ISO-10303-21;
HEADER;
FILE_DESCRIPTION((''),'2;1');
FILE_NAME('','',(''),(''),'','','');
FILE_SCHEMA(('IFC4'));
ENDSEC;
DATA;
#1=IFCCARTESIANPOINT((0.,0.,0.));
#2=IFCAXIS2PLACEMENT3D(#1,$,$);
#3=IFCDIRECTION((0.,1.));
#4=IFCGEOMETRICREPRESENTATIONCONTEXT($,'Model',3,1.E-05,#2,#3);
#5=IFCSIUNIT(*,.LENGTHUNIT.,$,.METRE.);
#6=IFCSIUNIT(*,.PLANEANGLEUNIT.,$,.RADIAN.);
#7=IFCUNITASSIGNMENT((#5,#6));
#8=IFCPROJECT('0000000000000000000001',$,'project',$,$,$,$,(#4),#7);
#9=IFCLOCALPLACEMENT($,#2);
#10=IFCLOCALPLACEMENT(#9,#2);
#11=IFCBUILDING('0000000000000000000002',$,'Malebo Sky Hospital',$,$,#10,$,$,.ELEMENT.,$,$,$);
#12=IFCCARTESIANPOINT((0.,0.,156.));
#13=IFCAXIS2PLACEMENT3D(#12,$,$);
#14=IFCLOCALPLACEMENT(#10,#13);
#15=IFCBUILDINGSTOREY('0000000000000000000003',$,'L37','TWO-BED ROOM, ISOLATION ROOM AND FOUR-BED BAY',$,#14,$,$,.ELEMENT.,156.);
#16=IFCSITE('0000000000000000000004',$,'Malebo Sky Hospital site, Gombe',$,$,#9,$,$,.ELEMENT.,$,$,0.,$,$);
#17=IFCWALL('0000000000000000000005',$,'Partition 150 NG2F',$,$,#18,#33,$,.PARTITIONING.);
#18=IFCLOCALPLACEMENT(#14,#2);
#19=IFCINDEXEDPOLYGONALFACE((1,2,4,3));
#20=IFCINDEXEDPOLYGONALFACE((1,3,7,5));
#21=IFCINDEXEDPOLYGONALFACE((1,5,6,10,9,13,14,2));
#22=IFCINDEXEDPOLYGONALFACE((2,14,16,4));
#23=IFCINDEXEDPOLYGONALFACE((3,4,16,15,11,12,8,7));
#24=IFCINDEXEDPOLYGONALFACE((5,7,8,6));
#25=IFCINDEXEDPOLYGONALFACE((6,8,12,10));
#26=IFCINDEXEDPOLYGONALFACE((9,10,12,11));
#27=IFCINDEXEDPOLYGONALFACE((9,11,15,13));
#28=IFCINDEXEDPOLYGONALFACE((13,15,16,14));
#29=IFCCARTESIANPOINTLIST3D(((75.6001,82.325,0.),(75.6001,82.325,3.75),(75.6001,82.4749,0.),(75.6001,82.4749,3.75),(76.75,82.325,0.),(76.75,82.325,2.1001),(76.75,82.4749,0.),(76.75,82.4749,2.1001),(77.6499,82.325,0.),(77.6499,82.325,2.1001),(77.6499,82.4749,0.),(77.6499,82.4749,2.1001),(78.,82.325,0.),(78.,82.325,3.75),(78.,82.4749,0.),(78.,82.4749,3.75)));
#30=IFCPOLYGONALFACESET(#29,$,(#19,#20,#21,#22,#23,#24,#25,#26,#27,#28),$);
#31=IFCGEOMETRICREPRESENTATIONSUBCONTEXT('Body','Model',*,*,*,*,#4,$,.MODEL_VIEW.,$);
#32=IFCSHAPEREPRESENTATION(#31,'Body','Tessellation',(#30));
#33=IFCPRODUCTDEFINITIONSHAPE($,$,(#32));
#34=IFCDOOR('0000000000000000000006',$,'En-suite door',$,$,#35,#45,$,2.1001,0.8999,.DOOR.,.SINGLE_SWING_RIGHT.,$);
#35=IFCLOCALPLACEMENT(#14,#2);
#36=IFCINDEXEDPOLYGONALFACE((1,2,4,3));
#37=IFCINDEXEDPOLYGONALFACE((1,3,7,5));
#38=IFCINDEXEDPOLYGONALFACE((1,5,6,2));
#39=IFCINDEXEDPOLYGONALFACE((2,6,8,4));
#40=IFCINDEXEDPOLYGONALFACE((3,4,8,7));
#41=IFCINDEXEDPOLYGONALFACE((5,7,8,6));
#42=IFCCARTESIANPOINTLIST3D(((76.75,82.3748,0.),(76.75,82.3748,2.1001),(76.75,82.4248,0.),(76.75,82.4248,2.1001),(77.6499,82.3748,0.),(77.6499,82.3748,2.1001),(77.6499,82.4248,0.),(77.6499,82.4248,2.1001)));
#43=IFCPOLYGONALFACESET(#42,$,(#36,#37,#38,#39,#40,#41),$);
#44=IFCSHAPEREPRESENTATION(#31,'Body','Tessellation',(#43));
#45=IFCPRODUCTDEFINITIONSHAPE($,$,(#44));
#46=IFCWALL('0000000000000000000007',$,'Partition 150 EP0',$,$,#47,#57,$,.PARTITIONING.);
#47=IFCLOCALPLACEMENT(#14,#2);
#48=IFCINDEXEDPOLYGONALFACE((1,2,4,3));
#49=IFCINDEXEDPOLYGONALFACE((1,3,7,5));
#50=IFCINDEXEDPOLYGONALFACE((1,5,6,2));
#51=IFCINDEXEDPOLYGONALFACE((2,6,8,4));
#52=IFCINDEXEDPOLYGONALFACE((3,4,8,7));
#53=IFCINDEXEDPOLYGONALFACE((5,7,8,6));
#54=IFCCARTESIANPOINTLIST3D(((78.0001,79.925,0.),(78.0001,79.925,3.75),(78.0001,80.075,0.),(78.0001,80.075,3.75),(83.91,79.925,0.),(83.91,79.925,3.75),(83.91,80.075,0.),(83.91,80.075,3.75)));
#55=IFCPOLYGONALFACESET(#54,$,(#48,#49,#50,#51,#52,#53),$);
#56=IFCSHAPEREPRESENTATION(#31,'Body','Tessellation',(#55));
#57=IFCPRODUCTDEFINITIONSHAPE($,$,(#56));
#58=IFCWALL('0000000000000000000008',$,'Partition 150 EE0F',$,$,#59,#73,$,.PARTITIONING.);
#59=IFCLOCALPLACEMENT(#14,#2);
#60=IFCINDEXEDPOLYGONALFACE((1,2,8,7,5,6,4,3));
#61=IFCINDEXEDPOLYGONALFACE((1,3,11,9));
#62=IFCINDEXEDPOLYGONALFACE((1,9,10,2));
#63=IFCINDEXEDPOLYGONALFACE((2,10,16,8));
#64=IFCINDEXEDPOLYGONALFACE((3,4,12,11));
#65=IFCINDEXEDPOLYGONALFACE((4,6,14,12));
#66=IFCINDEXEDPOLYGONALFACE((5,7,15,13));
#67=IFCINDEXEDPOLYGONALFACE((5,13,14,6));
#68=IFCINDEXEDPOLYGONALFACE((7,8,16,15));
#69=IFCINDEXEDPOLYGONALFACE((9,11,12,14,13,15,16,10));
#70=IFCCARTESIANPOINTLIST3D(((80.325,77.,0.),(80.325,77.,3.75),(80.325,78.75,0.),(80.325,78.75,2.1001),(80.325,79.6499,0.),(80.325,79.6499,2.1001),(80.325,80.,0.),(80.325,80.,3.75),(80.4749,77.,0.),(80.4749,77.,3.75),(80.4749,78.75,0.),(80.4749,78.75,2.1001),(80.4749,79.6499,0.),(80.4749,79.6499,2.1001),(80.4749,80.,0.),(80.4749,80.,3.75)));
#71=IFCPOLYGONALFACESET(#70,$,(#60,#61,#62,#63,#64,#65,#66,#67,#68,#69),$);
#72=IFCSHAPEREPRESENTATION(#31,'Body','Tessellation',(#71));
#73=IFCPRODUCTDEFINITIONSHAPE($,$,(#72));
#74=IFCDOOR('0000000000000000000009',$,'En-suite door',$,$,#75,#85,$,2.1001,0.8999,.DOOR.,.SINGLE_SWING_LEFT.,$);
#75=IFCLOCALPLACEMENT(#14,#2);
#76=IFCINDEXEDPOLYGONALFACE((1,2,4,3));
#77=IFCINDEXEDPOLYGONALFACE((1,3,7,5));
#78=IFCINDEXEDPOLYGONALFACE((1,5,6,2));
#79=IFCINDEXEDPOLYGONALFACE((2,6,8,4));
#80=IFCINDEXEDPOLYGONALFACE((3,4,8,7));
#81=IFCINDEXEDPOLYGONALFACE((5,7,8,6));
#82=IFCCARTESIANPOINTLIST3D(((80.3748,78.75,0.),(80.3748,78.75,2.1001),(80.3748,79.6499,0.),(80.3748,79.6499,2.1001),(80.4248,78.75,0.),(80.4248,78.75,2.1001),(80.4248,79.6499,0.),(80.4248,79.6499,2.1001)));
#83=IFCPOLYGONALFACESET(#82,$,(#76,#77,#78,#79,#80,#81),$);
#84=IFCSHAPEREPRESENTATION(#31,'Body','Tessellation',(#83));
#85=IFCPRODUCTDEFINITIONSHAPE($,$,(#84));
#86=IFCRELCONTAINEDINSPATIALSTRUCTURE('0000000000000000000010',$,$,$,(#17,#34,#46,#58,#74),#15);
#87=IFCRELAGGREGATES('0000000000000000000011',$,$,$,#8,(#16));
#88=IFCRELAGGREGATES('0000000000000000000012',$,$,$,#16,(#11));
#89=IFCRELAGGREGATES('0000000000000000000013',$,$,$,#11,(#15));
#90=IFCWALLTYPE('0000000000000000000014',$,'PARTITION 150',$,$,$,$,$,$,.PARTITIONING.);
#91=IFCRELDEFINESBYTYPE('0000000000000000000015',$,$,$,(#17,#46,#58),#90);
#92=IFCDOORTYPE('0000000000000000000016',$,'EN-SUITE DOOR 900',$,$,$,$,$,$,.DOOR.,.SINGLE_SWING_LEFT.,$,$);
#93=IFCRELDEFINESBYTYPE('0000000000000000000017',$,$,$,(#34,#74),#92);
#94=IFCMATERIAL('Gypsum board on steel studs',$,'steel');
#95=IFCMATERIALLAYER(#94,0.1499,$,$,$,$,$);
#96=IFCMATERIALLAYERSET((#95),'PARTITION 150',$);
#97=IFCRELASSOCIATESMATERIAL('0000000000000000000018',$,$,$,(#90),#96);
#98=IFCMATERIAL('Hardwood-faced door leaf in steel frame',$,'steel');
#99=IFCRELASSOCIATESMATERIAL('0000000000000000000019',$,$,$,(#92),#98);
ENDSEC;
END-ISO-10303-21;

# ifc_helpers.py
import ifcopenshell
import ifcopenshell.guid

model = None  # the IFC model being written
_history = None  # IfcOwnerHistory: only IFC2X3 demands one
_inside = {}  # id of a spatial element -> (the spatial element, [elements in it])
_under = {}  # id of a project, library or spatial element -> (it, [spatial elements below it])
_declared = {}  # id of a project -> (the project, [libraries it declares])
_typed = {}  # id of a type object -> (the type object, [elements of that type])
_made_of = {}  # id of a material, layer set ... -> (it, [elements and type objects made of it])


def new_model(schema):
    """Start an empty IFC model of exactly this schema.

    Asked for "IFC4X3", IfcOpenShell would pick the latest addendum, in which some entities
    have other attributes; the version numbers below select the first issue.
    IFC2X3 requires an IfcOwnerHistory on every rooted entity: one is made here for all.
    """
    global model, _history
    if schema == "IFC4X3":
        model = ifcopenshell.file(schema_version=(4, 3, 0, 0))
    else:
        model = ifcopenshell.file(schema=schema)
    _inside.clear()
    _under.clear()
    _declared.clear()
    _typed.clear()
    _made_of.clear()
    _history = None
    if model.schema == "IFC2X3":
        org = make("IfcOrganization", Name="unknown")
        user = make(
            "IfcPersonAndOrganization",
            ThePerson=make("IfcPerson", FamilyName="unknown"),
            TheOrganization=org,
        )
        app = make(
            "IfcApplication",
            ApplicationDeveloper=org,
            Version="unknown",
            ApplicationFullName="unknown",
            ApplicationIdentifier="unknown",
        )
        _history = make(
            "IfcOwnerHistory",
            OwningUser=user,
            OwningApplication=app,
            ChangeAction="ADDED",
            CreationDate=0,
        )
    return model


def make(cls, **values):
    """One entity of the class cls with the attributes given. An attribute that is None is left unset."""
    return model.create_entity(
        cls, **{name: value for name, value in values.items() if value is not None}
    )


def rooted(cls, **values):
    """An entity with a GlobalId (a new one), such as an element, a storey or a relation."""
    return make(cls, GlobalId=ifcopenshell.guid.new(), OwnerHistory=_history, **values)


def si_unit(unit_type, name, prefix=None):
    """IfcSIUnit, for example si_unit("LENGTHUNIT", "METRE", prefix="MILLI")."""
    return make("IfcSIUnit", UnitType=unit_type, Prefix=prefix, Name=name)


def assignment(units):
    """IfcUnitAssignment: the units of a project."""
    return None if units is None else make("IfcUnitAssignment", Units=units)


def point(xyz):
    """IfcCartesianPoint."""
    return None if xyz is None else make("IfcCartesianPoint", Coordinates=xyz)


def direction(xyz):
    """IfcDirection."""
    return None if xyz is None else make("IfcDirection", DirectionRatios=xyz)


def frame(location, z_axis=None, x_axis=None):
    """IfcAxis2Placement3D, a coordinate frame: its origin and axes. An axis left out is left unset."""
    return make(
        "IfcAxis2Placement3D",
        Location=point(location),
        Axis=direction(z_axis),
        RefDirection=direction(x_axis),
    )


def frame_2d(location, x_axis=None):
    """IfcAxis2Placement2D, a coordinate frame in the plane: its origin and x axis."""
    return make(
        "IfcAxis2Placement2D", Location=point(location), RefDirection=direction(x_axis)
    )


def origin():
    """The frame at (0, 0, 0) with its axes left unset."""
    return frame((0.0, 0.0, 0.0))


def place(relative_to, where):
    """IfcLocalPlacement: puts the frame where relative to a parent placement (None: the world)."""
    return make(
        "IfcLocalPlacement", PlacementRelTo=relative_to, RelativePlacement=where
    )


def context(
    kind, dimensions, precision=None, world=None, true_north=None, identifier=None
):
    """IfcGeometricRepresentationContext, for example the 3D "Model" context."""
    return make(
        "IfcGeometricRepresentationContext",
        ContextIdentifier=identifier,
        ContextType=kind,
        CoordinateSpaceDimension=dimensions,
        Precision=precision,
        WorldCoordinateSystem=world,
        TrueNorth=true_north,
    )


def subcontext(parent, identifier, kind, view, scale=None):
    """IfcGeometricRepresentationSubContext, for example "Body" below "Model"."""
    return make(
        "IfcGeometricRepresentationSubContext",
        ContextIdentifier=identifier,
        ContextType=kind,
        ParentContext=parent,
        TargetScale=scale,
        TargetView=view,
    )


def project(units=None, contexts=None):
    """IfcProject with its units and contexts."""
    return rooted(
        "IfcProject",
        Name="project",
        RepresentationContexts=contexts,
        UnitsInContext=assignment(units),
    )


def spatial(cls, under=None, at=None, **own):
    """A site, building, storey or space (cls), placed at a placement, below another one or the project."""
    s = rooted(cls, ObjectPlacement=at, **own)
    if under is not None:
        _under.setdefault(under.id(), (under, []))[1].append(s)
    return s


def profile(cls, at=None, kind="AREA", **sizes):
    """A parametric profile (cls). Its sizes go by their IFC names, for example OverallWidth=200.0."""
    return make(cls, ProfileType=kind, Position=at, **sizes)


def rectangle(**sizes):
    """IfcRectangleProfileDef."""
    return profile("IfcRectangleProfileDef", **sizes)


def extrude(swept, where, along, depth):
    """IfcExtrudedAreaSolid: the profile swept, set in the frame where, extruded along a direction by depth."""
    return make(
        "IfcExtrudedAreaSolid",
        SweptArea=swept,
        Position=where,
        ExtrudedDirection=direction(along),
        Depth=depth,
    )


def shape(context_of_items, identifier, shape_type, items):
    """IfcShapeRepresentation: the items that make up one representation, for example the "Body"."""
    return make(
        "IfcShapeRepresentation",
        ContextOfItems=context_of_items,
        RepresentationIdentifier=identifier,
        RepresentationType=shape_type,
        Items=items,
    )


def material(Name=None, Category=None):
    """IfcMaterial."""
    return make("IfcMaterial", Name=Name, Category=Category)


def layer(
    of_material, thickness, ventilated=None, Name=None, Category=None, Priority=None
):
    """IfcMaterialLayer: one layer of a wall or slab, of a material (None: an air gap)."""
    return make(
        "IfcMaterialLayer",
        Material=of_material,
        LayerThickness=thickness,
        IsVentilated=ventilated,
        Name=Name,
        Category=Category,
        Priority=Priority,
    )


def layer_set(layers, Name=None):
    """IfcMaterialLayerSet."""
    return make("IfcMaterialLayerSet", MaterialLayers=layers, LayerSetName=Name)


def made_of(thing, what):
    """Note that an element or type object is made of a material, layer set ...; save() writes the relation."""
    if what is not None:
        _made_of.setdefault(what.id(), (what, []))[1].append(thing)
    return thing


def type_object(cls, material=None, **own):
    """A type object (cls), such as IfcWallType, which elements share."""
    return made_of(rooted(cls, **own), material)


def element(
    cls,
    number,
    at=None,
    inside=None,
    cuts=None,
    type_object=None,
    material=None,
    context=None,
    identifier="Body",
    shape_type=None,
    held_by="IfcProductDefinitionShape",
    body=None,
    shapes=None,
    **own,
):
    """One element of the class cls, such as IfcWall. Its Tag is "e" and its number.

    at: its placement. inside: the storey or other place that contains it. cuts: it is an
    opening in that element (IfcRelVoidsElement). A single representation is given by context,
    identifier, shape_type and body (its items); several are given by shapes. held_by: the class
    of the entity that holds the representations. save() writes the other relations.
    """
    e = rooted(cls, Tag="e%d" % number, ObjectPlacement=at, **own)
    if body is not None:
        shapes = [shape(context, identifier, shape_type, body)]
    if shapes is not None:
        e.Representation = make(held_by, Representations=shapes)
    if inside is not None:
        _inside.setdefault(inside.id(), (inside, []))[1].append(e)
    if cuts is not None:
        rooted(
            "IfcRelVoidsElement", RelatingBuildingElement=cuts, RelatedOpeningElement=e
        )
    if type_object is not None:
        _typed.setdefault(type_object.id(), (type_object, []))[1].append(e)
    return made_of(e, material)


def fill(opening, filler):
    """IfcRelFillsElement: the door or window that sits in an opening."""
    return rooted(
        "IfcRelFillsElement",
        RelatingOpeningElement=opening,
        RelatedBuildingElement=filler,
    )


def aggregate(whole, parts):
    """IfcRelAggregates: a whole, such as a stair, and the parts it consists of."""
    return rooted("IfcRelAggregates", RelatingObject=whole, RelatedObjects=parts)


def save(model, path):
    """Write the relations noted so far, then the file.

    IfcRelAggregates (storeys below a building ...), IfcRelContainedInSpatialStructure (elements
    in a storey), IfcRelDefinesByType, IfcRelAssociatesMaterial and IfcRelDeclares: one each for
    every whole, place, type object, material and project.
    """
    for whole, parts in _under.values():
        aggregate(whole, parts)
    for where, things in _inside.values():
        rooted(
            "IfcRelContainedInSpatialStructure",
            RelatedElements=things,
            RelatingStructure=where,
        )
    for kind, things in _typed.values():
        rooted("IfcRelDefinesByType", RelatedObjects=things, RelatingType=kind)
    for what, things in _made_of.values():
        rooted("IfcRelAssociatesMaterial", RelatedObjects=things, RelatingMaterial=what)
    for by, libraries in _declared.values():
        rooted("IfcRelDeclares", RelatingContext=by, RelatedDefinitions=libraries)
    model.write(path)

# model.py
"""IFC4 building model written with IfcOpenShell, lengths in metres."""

from ifc_helpers import new_model, si_unit, direction, frame, frame_2d, origin, place, context, subcontext, project, spatial, rectangle, extrude, material, layer, layer_set, type_object, element, fill, save


model = new_model("IFC4")

# Units and contexts
model_context = context("Model", 3, precision=1e-05, world=origin(), true_north=direction((0.0, 1.0)))
body_context = subcontext(model_context, "Body", "Model", "MODEL_VIEW")
ifc_project = project(units=[si_unit("LENGTHUNIT", "METRE"), si_unit("PLANEANGLEUNIT", "RADIAN")], contexts=[model_context])

# Site, building, storey
site_placement = place(None, origin())
site = spatial("IfcSite", under=ifc_project, at=site_placement, Name="Malebo Sky Hospital site, Gombe", CompositionType="ELEMENT", RefElevation=0.0)
building_placement = place(site_placement, origin())
building = spatial("IfcBuilding", under=site, at=building_placement, Name="Malebo Sky Hospital", CompositionType="ELEMENT")
storey_placement = place(building_placement, frame((0.0, 0.0, 156.0)))
storey = spatial("IfcBuildingStorey", under=building, at=storey_placement, Name="L37", Description="TWO-BED ROOM, ISOLATION ROOM AND FOUR-BED BAY", CompositionType="ELEMENT", Elevation=156.0)

# Wall, opening, door
ifc_material_1 = material(Name="Gypsum board on steel studs", Category="steel")
ifc_layer_1 = layer(ifc_material_1, 0.1499)
ifc_layer_set_1 = layer_set([ifc_layer_1], Name="PARTITION 150")
wall_type_1 = type_object("IfcWallType", Name="PARTITION 150", PredefinedType="PARTITIONING", material=ifc_layer_set_1)
wall_1_placement = place(storey_placement, frame((75.6001, 82.3999, 0.0), z_axis=(0.0, 0.0, 1.0), x_axis=(1.0, 0.0, 0.0)))
wall_1 = element("IfcWall", 1, at=wall_1_placement, inside=storey, type_object=wall_type_1, Name="Partition 150 NG2F", PredefinedType="PARTITIONING", context=body_context, shape_type="SweptSolid", body=[
    extrude(rectangle(XDim=2.3999, YDim=0.1499, at=frame_2d((1.2, 0.0))), origin(), (0.0, 0.0, 1.0), 3.75),
])
opening_1_placement = place(wall_1_placement, frame((1.1499, 0.0, 0.0)))
opening_1 = element("IfcOpeningElement", 2, at=opening_1_placement, cuts=wall_1, PredefinedType="OPENING", context=body_context, shape_type="SweptSolid", body=[
    extrude(rectangle(XDim=0.8999, YDim=2.1001, at=frame_2d((0.45, 1.05))), frame((0.0, 0.085, 0.0), z_axis=(0.0, -1.0, 0.0), x_axis=(1.0, 0.0, 0.0)), (0.0, 0.0, 1.0), 0.1699),
])
ifc_material_2 = material(Name="Hardwood-faced door leaf in steel frame", Category="steel")
door_type = type_object("IfcDoorType", Name="EN-SUITE DOOR 900", OperationType="SINGLE_SWING_LEFT", PredefinedType="DOOR", material=ifc_material_2)
door_1_placement = place(opening_1_placement, origin())
door_1 = element("IfcDoor", 3, at=door_1_placement, inside=storey, type_object=door_type, Name="En-suite door", OperationType="SINGLE_SWING_RIGHT", OverallHeight=2.1001, OverallWidth=0.8999, PredefinedType="DOOR", context=body_context, shape_type="SweptSolid", body=[
    extrude(rectangle(XDim=0.8999, YDim=2.1001, at=frame_2d((0.45, 1.05))), frame((0.0, 0.0249, 0.0), z_axis=(0.0, -1.0, 0.0), x_axis=(1.0, 0.0, 0.0)), (0.0, 0.0, 1.0), 0.05),
])
fill(opening_1, door_1)

# Wall
wall_2_placement = place(storey_placement, frame((78.0, 80.0, 0.0), z_axis=(0.0, 0.0, 1.0), x_axis=(1.0, 0.0, 0.0)))
element("IfcWall", 4, at=wall_2_placement, inside=storey, type_object=wall_type_1, Name="Partition 150 EP0", PredefinedType="PARTITIONING", context=body_context, shape_type="SweptSolid", body=[
    extrude(rectangle(XDim=5.9099, YDim=0.1499, at=frame_2d((2.9551, 0.0))), origin(), (0.0, 0.0, 1.0), 3.75),
])

# Wall, opening, door
wall_3_placement = place(storey_placement, frame((80.3999, 80.0, 0.0), z_axis=(0.0, 0.0, 1.0), x_axis=(0.0, -1.0, 0.0)))
wall_3 = element("IfcWall", 5, at=wall_3_placement, inside=storey, type_object=wall_type_1, Name="Partition 150 EE0F", PredefinedType="PARTITIONING", context=body_context, shape_type="SweptSolid", body=[
    extrude(rectangle(XDim=3.0, YDim=0.1499, at=frame_2d((1.5, 0.0))), origin(), (0.0, 0.0, 1.0), 3.75),
])
opening_2_placement = place(wall_3_placement, frame((0.3501, 0.0, 0.0)))
opening_2 = element("IfcOpeningElement", 6, at=opening_2_placement, cuts=wall_3, PredefinedType="OPENING", context=body_context, shape_type="SweptSolid", body=[
    extrude(rectangle(XDim=0.8999, YDim=2.1001, at=frame_2d((0.45, 1.05))), frame((0.0, 0.085, 0.0), z_axis=(0.0, -1.0, 0.0), x_axis=(1.0, 0.0, 0.0)), (0.0, 0.0, 1.0), 0.1699),
])
door_2_placement = place(opening_2_placement, origin())
door_2 = element("IfcDoor", 7, at=door_2_placement, inside=storey, type_object=door_type, Name="En-suite door", OperationType="SINGLE_SWING_LEFT", OverallHeight=2.1001, OverallWidth=0.8999, PredefinedType="DOOR", context=body_context, shape_type="SweptSolid", body=[
    extrude(rectangle(XDim=0.8999, YDim=2.1001, at=frame_2d((0.45, 1.05))), frame((0.0, 0.0249, 0.0), z_axis=(0.0, -1.0, 0.0), x_axis=(1.0, 0.0, 0.0)), (0.0, 0.0, 1.0), 0.05),
])
fill(opening_2, door_2)

save(model, "model.ifc")
